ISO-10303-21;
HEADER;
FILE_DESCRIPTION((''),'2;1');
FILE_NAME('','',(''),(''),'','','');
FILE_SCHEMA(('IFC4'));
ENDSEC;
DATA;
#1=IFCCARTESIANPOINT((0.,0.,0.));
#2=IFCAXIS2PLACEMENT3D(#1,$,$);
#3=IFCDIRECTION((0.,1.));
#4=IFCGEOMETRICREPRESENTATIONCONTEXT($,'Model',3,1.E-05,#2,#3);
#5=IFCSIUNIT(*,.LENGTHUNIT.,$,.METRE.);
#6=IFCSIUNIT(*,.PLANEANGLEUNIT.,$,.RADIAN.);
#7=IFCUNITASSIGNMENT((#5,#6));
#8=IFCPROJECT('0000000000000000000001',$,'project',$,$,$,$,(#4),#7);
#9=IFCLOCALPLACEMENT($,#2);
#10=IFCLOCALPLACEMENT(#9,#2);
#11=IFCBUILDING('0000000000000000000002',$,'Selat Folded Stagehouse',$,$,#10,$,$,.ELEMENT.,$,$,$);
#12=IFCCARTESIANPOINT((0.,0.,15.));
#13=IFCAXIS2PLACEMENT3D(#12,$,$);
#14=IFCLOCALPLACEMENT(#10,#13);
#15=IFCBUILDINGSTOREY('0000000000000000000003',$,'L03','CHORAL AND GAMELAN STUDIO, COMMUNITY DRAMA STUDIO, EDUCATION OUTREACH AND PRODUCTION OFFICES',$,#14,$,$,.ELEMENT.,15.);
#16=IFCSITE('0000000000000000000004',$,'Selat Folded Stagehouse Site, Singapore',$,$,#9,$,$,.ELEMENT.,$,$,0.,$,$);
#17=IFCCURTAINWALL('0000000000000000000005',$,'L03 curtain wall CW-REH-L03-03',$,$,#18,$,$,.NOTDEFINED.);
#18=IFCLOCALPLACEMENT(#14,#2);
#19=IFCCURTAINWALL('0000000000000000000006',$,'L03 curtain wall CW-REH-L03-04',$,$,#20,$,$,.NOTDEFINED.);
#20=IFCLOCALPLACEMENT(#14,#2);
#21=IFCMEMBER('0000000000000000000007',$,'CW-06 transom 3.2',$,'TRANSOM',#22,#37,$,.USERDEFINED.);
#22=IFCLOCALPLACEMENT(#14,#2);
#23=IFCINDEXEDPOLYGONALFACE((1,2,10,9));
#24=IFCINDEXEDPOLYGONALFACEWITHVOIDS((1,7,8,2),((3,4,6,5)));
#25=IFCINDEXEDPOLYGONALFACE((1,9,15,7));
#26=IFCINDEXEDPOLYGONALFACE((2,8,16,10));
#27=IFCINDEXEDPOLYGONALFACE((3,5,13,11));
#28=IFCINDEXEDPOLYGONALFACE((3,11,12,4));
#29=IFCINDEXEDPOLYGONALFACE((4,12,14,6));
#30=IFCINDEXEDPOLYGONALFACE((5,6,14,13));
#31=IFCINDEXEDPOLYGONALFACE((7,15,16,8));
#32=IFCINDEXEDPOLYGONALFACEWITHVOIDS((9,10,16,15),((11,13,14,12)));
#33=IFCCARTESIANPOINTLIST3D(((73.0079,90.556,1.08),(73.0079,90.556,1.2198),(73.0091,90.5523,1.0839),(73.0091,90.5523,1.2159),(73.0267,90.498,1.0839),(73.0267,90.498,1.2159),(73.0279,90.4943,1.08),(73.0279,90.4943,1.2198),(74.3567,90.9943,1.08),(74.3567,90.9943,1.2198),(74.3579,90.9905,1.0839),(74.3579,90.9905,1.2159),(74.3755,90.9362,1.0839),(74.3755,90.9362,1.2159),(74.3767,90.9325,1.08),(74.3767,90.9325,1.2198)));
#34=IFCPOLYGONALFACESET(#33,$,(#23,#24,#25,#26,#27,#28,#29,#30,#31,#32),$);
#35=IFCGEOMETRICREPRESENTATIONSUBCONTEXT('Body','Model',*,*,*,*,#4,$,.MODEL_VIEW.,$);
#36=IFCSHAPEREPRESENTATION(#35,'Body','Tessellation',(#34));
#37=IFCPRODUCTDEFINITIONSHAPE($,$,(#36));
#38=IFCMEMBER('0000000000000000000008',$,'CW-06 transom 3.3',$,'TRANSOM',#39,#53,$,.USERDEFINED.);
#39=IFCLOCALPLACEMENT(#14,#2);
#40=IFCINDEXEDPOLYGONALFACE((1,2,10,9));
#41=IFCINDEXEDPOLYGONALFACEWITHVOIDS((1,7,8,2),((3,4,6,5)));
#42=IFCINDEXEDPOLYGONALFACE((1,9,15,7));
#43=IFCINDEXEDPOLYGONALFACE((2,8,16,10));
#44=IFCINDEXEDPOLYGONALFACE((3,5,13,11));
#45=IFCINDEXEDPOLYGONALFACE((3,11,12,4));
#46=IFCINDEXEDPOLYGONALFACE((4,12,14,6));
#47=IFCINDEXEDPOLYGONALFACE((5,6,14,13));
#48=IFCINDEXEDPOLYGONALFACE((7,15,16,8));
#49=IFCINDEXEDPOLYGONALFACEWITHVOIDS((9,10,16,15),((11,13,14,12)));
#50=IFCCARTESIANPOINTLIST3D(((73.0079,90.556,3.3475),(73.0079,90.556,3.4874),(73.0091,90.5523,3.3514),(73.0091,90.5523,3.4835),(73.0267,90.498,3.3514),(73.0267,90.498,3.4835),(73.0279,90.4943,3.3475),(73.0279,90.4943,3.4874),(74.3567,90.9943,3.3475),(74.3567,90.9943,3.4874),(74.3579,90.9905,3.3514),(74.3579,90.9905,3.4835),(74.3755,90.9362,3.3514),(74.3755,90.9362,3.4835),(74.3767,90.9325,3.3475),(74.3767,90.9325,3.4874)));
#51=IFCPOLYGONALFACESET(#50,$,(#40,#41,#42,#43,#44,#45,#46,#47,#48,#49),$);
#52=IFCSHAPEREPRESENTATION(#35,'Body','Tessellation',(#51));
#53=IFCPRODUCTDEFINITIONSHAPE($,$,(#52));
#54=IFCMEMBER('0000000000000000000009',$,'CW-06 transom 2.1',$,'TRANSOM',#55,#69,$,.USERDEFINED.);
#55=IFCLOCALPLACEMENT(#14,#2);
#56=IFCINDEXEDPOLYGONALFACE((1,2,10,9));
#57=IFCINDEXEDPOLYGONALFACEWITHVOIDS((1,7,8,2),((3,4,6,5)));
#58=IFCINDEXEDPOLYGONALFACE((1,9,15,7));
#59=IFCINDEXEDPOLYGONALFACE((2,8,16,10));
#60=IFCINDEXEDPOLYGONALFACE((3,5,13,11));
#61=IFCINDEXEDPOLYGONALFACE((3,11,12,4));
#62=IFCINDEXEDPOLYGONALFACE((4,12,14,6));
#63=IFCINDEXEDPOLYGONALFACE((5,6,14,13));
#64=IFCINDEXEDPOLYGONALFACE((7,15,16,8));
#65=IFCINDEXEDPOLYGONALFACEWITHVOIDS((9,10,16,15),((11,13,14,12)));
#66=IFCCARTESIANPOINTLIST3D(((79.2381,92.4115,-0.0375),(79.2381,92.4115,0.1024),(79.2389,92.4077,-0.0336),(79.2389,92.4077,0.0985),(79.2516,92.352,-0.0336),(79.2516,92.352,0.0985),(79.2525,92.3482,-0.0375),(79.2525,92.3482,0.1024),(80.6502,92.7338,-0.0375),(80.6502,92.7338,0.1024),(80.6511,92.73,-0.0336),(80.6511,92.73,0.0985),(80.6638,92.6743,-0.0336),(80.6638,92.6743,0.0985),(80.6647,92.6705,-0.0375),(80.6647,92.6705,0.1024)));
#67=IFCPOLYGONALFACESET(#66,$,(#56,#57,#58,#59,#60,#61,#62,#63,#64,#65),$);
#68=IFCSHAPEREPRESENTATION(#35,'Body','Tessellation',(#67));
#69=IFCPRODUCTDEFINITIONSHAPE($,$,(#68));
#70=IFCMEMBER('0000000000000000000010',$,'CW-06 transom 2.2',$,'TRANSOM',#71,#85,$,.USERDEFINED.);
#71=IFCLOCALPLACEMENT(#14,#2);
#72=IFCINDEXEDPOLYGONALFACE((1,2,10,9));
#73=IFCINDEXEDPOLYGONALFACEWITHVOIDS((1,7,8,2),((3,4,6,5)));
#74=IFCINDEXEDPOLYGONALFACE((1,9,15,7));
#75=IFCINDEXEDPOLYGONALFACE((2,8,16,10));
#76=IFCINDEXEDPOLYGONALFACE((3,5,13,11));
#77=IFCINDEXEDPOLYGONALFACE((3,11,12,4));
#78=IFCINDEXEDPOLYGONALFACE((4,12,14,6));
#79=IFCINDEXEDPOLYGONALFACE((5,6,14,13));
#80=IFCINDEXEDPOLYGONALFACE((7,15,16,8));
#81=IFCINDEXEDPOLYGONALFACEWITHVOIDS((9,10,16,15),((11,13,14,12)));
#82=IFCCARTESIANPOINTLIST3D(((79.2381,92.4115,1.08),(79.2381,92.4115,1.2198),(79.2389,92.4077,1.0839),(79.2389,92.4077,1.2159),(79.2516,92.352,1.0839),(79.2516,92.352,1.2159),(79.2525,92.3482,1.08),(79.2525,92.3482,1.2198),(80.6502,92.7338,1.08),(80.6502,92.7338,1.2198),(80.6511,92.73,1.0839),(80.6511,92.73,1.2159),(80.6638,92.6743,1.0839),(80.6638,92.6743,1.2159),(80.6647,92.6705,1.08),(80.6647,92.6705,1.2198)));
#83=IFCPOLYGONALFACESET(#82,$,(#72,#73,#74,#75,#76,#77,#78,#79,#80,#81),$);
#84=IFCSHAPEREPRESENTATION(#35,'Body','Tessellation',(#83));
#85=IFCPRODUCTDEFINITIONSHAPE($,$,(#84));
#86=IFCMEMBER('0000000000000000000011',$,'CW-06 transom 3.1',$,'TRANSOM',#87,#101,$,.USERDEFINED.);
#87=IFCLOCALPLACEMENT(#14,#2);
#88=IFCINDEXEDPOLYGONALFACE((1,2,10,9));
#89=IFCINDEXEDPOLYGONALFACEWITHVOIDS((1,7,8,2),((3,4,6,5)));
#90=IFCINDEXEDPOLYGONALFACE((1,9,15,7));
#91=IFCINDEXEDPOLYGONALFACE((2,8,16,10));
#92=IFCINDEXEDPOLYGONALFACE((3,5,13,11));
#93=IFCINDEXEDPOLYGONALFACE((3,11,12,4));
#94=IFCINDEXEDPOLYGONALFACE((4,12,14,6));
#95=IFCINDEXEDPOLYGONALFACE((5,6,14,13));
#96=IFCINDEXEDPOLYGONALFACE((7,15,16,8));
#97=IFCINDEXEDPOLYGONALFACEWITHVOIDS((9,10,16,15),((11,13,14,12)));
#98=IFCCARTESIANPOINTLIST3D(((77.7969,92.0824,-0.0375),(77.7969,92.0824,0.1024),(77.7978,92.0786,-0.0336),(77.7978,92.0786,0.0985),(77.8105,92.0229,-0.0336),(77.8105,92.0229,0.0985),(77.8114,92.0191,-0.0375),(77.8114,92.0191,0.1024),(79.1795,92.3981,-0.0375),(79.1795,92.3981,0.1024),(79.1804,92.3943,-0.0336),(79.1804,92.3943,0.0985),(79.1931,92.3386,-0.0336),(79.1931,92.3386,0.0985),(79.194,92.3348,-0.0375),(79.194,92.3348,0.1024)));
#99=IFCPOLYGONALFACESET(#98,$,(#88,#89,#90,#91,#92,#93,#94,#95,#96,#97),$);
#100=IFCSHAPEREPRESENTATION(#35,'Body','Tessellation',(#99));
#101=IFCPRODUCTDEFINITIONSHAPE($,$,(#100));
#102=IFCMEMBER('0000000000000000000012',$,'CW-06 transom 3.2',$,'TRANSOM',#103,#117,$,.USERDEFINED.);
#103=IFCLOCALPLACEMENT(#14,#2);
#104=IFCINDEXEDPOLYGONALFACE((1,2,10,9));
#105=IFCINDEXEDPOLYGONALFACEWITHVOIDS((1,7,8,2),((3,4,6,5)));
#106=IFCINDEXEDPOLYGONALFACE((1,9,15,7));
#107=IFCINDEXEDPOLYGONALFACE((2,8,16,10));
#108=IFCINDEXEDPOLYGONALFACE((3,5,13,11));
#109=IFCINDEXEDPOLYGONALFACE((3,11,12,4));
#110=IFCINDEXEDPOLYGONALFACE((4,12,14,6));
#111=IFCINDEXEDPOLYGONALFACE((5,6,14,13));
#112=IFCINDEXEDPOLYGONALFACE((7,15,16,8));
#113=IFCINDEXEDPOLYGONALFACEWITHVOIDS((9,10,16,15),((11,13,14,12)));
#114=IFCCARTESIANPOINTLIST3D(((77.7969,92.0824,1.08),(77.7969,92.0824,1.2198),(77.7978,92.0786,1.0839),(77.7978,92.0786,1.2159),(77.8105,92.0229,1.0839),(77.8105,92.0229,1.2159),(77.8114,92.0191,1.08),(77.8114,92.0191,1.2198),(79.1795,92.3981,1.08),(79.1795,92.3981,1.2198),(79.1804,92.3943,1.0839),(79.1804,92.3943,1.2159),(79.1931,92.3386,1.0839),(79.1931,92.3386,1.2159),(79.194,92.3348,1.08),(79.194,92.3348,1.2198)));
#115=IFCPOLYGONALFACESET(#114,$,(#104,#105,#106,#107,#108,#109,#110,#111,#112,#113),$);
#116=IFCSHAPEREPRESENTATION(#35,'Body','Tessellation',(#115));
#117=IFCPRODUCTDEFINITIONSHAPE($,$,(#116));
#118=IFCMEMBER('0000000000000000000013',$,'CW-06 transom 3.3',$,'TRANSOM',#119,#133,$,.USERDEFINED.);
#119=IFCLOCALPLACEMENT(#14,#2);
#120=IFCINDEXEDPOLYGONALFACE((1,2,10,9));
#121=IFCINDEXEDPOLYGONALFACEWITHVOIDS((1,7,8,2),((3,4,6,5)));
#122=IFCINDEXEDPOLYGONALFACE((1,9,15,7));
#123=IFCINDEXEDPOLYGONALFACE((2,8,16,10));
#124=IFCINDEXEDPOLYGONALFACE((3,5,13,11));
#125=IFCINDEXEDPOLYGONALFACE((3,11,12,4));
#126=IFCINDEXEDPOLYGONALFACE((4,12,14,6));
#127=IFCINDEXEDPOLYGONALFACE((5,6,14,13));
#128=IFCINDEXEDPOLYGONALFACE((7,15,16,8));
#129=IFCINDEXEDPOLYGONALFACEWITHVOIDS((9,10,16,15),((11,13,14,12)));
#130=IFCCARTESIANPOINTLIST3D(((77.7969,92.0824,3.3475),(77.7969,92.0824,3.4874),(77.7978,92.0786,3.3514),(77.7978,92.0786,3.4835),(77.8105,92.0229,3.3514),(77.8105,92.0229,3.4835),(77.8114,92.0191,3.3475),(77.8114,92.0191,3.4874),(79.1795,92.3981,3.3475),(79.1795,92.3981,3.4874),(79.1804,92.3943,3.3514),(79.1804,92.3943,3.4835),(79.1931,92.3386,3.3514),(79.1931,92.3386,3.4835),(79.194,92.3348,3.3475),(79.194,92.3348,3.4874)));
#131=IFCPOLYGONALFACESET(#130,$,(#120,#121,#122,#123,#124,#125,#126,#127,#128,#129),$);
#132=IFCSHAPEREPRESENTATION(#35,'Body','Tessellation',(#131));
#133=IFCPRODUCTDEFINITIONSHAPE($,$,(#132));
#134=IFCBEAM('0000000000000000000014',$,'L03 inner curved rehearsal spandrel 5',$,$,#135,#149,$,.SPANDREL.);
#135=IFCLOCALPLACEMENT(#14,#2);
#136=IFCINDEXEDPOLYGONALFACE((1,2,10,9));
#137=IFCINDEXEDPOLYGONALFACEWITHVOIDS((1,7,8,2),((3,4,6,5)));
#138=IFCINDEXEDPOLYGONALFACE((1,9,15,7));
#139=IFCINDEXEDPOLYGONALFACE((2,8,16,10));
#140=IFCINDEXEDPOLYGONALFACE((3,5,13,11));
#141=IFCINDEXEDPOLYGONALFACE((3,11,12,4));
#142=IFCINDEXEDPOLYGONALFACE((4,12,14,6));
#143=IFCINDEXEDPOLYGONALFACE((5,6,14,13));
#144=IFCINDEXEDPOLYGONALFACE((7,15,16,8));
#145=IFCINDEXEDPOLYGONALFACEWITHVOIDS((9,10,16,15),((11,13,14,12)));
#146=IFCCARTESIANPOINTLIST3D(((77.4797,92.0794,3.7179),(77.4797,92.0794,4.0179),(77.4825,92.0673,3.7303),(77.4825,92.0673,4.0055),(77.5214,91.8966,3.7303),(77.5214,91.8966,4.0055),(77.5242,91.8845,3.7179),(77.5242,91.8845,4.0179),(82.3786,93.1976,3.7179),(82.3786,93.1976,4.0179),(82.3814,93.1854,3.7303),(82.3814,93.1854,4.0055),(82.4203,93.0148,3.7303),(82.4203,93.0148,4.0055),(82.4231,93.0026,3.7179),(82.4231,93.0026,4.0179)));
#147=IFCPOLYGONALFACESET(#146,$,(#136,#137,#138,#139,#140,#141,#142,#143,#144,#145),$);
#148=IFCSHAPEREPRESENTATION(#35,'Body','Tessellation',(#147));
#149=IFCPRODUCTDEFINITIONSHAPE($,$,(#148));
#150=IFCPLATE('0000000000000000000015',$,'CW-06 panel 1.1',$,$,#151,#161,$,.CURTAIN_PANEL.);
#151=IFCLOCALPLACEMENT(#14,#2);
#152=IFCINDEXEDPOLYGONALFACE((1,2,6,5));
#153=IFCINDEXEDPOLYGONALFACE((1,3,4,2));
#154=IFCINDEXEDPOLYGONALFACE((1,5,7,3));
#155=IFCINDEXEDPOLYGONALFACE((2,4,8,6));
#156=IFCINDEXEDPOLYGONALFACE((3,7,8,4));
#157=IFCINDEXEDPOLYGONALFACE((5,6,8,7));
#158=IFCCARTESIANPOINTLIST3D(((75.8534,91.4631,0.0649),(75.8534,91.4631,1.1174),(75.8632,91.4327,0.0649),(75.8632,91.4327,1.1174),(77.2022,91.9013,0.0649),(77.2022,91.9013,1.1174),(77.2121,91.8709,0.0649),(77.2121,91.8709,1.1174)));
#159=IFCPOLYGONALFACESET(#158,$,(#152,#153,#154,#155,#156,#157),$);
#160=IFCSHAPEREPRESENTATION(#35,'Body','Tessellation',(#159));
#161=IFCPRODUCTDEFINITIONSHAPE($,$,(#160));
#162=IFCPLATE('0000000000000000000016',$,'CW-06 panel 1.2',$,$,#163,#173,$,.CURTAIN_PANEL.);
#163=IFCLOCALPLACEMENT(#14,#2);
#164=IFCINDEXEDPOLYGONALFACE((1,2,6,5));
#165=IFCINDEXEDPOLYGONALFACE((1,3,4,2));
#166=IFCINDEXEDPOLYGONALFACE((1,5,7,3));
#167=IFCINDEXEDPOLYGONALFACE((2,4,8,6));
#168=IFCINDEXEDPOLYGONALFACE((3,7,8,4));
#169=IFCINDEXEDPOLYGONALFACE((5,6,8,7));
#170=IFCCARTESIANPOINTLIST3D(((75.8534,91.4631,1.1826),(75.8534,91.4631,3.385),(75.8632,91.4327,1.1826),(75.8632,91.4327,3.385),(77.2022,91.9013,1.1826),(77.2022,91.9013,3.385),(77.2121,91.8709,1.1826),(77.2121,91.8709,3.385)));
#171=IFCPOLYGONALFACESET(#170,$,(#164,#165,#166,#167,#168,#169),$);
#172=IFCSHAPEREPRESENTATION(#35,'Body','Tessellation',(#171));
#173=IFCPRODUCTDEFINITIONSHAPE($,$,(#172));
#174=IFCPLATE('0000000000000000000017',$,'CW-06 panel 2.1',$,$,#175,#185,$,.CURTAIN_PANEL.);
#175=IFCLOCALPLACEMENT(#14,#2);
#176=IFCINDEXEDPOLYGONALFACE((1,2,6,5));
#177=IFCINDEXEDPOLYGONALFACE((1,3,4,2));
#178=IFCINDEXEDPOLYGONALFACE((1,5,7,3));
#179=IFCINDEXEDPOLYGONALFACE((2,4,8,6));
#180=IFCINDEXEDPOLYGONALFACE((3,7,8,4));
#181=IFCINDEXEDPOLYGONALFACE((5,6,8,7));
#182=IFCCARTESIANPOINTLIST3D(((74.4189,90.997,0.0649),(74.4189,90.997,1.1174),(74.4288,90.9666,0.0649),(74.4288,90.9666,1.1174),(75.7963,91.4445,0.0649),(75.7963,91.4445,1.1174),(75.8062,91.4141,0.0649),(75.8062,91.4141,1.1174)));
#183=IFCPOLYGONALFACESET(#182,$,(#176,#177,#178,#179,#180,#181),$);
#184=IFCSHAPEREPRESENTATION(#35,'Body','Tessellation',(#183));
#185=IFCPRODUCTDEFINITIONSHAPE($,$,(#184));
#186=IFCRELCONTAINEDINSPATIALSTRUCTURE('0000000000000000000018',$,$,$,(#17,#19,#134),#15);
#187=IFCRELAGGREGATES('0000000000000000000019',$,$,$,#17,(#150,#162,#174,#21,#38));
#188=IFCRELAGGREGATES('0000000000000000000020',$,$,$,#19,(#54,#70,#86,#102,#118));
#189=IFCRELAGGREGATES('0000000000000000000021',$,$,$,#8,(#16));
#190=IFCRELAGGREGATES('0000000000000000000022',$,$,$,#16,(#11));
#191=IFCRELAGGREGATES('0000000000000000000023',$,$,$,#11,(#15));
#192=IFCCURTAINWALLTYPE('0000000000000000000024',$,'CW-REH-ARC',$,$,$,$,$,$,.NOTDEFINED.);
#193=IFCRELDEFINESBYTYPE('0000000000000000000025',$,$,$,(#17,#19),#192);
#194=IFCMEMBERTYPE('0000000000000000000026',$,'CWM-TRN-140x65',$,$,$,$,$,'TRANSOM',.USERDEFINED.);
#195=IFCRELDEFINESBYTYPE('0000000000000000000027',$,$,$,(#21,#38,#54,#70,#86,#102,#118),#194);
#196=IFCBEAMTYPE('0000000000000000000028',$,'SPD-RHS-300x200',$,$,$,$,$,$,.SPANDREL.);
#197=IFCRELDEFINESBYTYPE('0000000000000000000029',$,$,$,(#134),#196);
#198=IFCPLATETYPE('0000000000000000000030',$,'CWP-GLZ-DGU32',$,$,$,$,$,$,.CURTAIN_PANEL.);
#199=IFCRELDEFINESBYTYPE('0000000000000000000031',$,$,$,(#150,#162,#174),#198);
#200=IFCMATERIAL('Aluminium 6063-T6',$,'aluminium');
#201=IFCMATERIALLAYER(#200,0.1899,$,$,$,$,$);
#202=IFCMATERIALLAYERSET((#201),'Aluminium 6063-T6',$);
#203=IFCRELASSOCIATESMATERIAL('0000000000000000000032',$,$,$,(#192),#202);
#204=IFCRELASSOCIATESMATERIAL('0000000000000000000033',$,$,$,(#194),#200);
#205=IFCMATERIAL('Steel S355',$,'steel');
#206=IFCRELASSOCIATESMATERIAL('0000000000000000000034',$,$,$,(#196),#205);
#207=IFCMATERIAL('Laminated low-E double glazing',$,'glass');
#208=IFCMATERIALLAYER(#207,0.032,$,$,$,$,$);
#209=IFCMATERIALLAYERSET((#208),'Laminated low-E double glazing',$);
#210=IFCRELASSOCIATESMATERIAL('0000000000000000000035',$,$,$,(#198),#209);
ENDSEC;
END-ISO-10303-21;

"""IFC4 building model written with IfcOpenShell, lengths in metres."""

from ifc_helpers import new_model, si_unit, direction, frame, origin, origin_2d, place, context, subcontext, project, spatial, rectangle, hollow_rectangle, extrude, material, layer, layer_set, material_profile, profile_set, type_object, element, aggregate, save


model = new_model("IFC4")

# Units and contexts
model_context = context("Model", 3, precision=1e-05, world=origin(), true_north=direction((0.0, 1.0)))
body_context = subcontext(model_context, "Body", "Model", "MODEL_VIEW")
ifc_project = project(units=[si_unit("LENGTHUNIT", "METRE"), si_unit("PLANEANGLEUNIT", "RADIAN")], contexts=[model_context])

# Site, building, storey
site_placement = place(None, origin())
site = spatial("IfcSite", under=ifc_project, at=site_placement, Name="Selat Folded Stagehouse Site, Singapore", CompositionType="ELEMENT", RefElevation=0.0)
building_placement = place(site_placement, origin())
building = spatial("IfcBuilding", under=site, at=building_placement, Name="Selat Folded Stagehouse", CompositionType="ELEMENT")
storey_placement = place(building_placement, frame((0.0, 0.0, 15.0)))
storey = spatial("IfcBuildingStorey", under=building, at=storey_placement, Name="L03", Description="CHORAL AND GAMELAN STUDIO, COMMUNITY DRAMA STUDIO, EDUCATION OUTREACH AND PRODUCTION OFFICES", CompositionType="ELEMENT", Elevation=15.0)

# Shared definitions
ifc_material_1 = material(Name="Steel S355", Category="steel")

# Curtain walls
ifc_material_2 = material(Name="Aluminium 6063-T6", Category="aluminium")
ifc_layer_1 = layer(ifc_material_2, 0.1899)
ifc_layer_set_1 = layer_set([ifc_layer_1], Name="Aluminium 6063-T6")
curtain_wall_type = type_object("IfcCurtainWallType", Name="CW-REH-ARC", PredefinedType="NOTDEFINED", material=ifc_layer_set_1)
curtain_wall_1_placement = place(storey_placement, origin())
curtain_wall_1 = element("IfcCurtainWall", 1, at=curtain_wall_1_placement, inside=storey, type_object=curtain_wall_type, Name="L03 curtain wall CW-REH-L03-03", PredefinedType="NOTDEFINED")
curtain_wall_2_placement = place(storey_placement, origin())
curtain_wall_2 = element("IfcCurtainWall", 2, at=curtain_wall_2_placement, inside=storey, type_object=curtain_wall_type, Name="L03 curtain wall CW-REH-L03-04", PredefinedType="NOTDEFINED")

# Members
ifc_material_profile_1 = material_profile(ifc_material_2, hollow_rectangle(XDim=0.0649, YDim=0.1399, WallThickness=0.0039, at=origin_2d()), Name="ALU 140x65x4.0")
ifc_profile_set_1 = profile_set([ifc_material_profile_1], Name="Aluminium 6063-T6")
member_type_1 = type_object("IfcMemberType", Name="CWM-TRN-140x65", ElementType="TRANSOM", PredefinedType="USERDEFINED", material=ifc_profile_set_1)
member_1_placement = place(storey_placement, frame((74.3667, 90.9634, 1.1499), z_axis=(-0.951066, -0.308989, 0.0), x_axis=(0.308989, -0.951066, 0.0)))
member_1 = element("IfcMember", 3, at=member_1_placement, type_object=member_type_1, Name="CW-06 transom 3.2", ObjectType="TRANSOM", PredefinedType="USERDEFINED", context=body_context, shape_type="SweptSolid", body=[
    extrude(hollow_rectangle(XDim=0.0649, YDim=0.1399, WallThickness=0.0039, at=origin_2d()), origin(), (0.0, 0.0, 1.0), 1.4182),
])
member_2_placement = place(storey_placement, frame((74.3667, 90.9634, 3.4175), z_axis=(-0.951066, -0.308989, 0.0), x_axis=(0.308989, -0.951066, 0.0)))
member_2 = element("IfcMember", 4, at=member_2_placement, type_object=member_type_1, Name="CW-06 transom 3.3", ObjectType="TRANSOM", PredefinedType="USERDEFINED", context=body_context, shape_type="SweptSolid", body=[
    extrude(hollow_rectangle(XDim=0.0649, YDim=0.1399, WallThickness=0.0039, at=origin_2d()), origin(), (0.0, 0.0, 1.0), 1.4182),
])
member_3_placement = place(storey_placement, frame((80.6575, 92.7021, 0.0325), z_axis=(-0.974934, -0.222495, 0.0), x_axis=(0.222495, -0.974934, 0.0)))
member_3 = element("IfcMember", 5, at=member_3_placement, type_object=member_type_1, Name="CW-06 transom 2.1", ObjectType="TRANSOM", PredefinedType="USERDEFINED", context=body_context, shape_type="SweptSolid", body=[
    extrude(hollow_rectangle(XDim=0.0649, YDim=0.1399, WallThickness=0.0039, at=origin_2d()), origin(), (0.0, 0.0, 1.0), 1.4485),
])
member_4_placement = place(storey_placement, frame((80.6575, 92.7021, 1.1499), z_axis=(-0.974934, -0.222495, 0.0), x_axis=(0.222495, -0.974934, 0.0)))
member_4 = element("IfcMember", 6, at=member_4_placement, type_object=member_type_1, Name="CW-06 transom 2.2", ObjectType="TRANSOM", PredefinedType="USERDEFINED", context=body_context, shape_type="SweptSolid", body=[
    extrude(hollow_rectangle(XDim=0.0649, YDim=0.1399, WallThickness=0.0039, at=origin_2d()), origin(), (0.0, 0.0, 1.0), 1.4485),
])
member_5_placement = place(storey_placement, frame((79.1868, 92.3665, 0.0325), z_axis=(-0.974911, -0.222596, 0.0), x_axis=(0.222596, -0.974911, 0.0)))
member_5 = element("IfcMember", 7, at=member_5_placement, type_object=member_type_1, Name="CW-06 transom 3.1", ObjectType="TRANSOM", PredefinedType="USERDEFINED", context=body_context, shape_type="SweptSolid", body=[
    extrude(hollow_rectangle(XDim=0.0649, YDim=0.1399, WallThickness=0.0039, at=origin_2d()), origin(), (0.0, 0.0, 1.0), 1.4182),
])
member_6_placement = place(storey_placement, frame((79.1868, 92.3665, 1.1499), z_axis=(-0.974911, -0.222596, 0.0), x_axis=(0.222596, -0.974911, 0.0)))
member_6 = element("IfcMember", 8, at=member_6_placement, type_object=member_type_1, Name="CW-06 transom 3.2", ObjectType="TRANSOM", PredefinedType="USERDEFINED", context=body_context, shape_type="SweptSolid", body=[
    extrude(hollow_rectangle(XDim=0.0649, YDim=0.1399, WallThickness=0.0039, at=origin_2d()), origin(), (0.0, 0.0, 1.0), 1.4182),
])
member_7_placement = place(storey_placement, frame((79.1868, 92.3665, 3.4175), z_axis=(-0.974911, -0.222596, 0.0), x_axis=(0.222596, -0.974911, 0.0)))
member_7 = element("IfcMember", 9, at=member_7_placement, type_object=member_type_1, Name="CW-06 transom 3.3", ObjectType="TRANSOM", PredefinedType="USERDEFINED", context=body_context, shape_type="SweptSolid", body=[
    extrude(hollow_rectangle(XDim=0.0649, YDim=0.1399, WallThickness=0.0039, at=origin_2d()), origin(), (0.0, 0.0, 1.0), 1.4182),
])

# Beam
ifc_material_profile_2 = material_profile(ifc_material_1, hollow_rectangle(XDim=0.2, YDim=0.3, WallThickness=0.0125, at=origin_2d()), Name="RHS 300x200x12.5")
ifc_profile_set_2 = profile_set([ifc_material_profile_2], Name="Steel S355")
beam_type_1 = type_object("IfcBeamType", Name="SPD-RHS-300x200", PredefinedType="SPANDREL", material=ifc_profile_set_2)
beam_1_placement = place(storey_placement, frame((77.502, 91.9819, 3.8679), z_axis=(0.974927, 0.222524, 0.0), x_axis=(-0.222524, 0.974927, 0.0)))
element("IfcBeam", 10, at=beam_1_placement, inside=storey, type_object=beam_type_1, Name="L03 inner curved rehearsal spandrel 5", PredefinedType="SPANDREL", context=body_context, shape_type="SweptSolid", body=[
    extrude(hollow_rectangle(XDim=0.2, YDim=0.3, WallThickness=0.0125, at=origin_2d()), origin(), (0.0, 0.0, 1.0), 5.0249),
])

# Plates
ifc_material_3 = material(Name="Laminated low-E double glazing", Category="glass")
ifc_layer_2 = layer(ifc_material_3, 0.032)
ifc_layer_set_2 = layer_set([ifc_layer_2], Name="Laminated low-E double glazing")
plate_type_1 = type_object("IfcPlateType", Name="CWP-GLZ-DGU32", PredefinedType="CURTAIN_PANEL", material=ifc_layer_set_2)
plate_1_placement = place(storey_placement, frame((76.5327, 91.667, 0.0649), z_axis=(0.0, 0.0, 1.0), x_axis=(-0.951065, -0.308992, 0.0)))
plate_1 = element("IfcPlate", 11, at=plate_1_placement, type_object=plate_type_1, Name="CW-06 panel 1.1", PredefinedType="CURTAIN_PANEL", context=body_context, shape_type="SweptSolid", body=[
    extrude(rectangle(XDim=1.4182, YDim=0.032, at=origin_2d()), origin(), (0.0, 0.0, 1.0), 1.0525),
])
plate_2_placement = place(storey_placement, frame((76.5327, 91.667, 1.1826), z_axis=(0.0, 0.0, 1.0), x_axis=(-0.951065, -0.308992, 0.0)))
plate_2 = element("IfcPlate", 12, at=plate_2_placement, type_object=plate_type_1, Name="CW-06 panel 1.2", PredefinedType="CURTAIN_PANEL", context=body_context, shape_type="SweptSolid", body=[
    extrude(rectangle(XDim=1.4182, YDim=0.032, at=origin_2d()), origin(), (0.0, 0.0, 1.0), 2.2024),
])
plate_3_placement = place(storey_placement, frame((75.1125, 91.2056, 0.0649), z_axis=(0.0, 0.0, 1.0), x_axis=(-0.951065, -0.308992, 0.0)))
plate_3 = element("IfcPlate", 13, at=plate_3_placement, type_object=plate_type_1, Name="CW-06 panel 2.1", PredefinedType="CURTAIN_PANEL", context=body_context, shape_type="SweptSolid", body=[
    extrude(rectangle(XDim=1.4482, YDim=0.032, at=origin_2d()), origin(), (0.0, 0.0, 1.0), 1.0525),
])
aggregate(curtain_wall_1, [plate_1, plate_2, plate_3, member_1, member_2])
aggregate(curtain_wall_2, [member_3, member_4, member_5, member_6, member_7])

save(model, "model.ifc")
